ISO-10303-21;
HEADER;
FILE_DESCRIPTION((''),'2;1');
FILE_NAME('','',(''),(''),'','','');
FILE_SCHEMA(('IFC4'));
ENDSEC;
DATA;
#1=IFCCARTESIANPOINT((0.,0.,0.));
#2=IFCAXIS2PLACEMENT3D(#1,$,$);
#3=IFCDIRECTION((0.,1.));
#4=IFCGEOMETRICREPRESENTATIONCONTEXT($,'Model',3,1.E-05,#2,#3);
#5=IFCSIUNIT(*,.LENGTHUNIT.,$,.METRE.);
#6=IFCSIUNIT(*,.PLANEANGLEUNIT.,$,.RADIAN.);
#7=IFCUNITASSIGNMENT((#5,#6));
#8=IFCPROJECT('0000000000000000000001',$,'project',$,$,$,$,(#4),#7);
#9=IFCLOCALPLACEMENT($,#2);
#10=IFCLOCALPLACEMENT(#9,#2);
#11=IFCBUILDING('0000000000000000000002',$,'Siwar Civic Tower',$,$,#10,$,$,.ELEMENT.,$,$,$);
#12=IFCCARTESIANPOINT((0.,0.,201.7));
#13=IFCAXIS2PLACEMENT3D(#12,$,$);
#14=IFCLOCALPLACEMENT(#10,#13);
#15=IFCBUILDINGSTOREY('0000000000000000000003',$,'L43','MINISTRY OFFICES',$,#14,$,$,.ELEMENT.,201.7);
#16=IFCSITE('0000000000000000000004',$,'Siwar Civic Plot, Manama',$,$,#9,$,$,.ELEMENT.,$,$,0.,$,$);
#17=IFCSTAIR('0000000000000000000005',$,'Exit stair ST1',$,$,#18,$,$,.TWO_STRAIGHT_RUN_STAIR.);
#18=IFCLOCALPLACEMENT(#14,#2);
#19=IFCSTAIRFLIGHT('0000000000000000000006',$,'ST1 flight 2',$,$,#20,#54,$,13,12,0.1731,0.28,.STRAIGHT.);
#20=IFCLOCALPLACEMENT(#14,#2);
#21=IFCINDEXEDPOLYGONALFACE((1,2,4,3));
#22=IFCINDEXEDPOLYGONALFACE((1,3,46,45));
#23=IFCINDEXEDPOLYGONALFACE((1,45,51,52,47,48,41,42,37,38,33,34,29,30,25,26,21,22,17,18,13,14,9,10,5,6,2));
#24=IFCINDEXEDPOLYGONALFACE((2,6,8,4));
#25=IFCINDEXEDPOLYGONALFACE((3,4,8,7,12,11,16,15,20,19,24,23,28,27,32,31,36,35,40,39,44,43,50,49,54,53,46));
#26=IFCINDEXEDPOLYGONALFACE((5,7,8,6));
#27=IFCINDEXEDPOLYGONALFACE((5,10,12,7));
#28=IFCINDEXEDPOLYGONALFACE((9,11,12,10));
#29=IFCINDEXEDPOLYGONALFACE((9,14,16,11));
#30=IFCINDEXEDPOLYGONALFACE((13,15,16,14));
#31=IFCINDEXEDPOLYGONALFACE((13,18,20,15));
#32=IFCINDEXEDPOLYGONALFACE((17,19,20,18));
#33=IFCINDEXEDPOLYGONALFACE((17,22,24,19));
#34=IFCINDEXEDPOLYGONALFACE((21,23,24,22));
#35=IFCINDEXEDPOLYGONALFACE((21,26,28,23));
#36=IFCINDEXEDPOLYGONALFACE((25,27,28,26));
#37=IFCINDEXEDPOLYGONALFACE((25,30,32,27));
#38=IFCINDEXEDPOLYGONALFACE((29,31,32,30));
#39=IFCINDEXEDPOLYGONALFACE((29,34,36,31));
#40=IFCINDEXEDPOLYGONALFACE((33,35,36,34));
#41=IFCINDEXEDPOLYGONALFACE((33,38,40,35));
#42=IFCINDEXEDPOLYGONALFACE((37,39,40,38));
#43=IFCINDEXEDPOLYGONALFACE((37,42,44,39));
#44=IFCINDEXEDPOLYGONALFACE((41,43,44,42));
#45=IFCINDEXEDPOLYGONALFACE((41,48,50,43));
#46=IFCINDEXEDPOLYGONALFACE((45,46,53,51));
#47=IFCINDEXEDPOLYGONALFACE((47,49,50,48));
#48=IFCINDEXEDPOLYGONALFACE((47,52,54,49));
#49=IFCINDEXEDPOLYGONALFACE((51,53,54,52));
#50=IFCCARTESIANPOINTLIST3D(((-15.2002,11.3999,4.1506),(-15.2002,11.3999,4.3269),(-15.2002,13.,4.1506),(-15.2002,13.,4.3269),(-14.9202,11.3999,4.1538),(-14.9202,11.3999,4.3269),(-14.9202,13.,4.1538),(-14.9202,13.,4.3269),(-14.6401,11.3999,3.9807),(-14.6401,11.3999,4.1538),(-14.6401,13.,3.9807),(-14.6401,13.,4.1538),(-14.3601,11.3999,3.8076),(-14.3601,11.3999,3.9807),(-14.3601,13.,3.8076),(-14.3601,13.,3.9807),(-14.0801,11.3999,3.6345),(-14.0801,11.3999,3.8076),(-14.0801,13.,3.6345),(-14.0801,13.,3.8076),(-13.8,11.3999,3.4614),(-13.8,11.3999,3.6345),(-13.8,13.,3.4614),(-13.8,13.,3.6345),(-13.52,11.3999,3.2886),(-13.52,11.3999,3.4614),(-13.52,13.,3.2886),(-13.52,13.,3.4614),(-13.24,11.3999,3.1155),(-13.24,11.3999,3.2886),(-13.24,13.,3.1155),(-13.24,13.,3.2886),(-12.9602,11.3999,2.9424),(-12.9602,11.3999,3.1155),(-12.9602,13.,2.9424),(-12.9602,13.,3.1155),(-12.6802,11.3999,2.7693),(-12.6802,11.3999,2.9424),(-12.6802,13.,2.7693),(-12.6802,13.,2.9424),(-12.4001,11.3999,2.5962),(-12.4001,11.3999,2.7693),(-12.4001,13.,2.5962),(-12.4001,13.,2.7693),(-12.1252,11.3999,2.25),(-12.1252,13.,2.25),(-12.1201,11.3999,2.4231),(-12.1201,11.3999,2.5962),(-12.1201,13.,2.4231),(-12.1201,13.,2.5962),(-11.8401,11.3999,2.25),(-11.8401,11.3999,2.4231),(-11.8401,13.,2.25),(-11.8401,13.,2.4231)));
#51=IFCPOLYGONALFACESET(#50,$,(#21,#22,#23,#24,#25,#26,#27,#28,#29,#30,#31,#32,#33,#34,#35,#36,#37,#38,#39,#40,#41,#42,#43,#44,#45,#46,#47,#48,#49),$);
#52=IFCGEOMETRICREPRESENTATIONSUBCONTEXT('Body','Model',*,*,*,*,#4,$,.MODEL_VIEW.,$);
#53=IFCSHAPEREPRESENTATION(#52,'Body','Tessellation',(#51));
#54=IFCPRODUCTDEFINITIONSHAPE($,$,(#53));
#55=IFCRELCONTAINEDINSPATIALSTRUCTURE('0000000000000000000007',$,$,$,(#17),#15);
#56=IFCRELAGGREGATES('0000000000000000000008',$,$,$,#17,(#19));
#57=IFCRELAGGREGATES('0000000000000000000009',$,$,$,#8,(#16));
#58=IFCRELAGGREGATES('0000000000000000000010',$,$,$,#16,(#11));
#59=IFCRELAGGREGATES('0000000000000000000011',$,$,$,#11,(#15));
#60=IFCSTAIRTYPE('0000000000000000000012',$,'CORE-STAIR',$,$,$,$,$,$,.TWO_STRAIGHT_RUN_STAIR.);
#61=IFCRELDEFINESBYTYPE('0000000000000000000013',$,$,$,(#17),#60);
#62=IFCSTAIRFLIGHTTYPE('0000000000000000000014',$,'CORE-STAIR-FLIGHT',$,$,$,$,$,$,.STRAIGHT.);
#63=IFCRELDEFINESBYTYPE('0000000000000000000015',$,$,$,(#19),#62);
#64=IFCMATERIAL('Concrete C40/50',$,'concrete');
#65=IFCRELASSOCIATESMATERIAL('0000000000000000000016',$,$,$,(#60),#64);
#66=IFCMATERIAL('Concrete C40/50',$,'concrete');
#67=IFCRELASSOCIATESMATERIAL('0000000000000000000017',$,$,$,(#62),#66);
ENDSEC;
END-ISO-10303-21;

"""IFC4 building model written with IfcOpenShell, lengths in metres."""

from ifc_helpers import new_model, si_unit, direction, frame, origin, place, context, subcontext, project, spatial, polyline, outline, extrude, material, type_object, element, aggregate, save


model = new_model("IFC4")

# Units and contexts
model_context = context("Model", 3, precision=1e-05, world=origin(), true_north=direction((0.0, 1.0)))
body_context = subcontext(model_context, "Body", "Model", "MODEL_VIEW")
ifc_project = project(units=[si_unit("LENGTHUNIT", "METRE"), si_unit("PLANEANGLEUNIT", "RADIAN")], contexts=[model_context])

# Site, building, storey
site_placement = place(None, origin())
site = spatial("IfcSite", under=ifc_project, at=site_placement, Name="Siwar Civic Plot, Manama", CompositionType="ELEMENT", RefElevation=0.0)
building_placement = place(site_placement, origin())
building = spatial("IfcBuilding", under=site, at=building_placement, Name="Siwar Civic Tower", CompositionType="ELEMENT")
storey_placement = place(building_placement, frame((0.0, 0.0, 201.7)))
storey = spatial("IfcBuildingStorey", under=building, at=storey_placement, Name="L43", Description="MINISTRY OFFICES", CompositionType="ELEMENT", Elevation=201.7)

# Stair, stair flight
ifc_material_1 = material(Name="Concrete C40/50", Category="concrete")
stair_type = type_object("IfcStairType", Name="CORE-STAIR", PredefinedType="TWO_STRAIGHT_RUN_STAIR", material=ifc_material_1)
stair_placement = place(storey_placement, origin())
stair = element("IfcStair", 1, at=stair_placement, inside=storey, type_object=stair_type, Name="Exit stair ST1", PredefinedType="TWO_STRAIGHT_RUN_STAIR")
ifc_material_2 = material(Name="Concrete C40/50", Category="concrete")
stair_flight_type = type_object("IfcStairFlightType", Name="CORE-STAIR-FLIGHT", PredefinedType="STRAIGHT", material=ifc_material_2)
stair_flight_1_placement = place(storey_placement, frame((-11.8401, 12.2, 2.25), z_axis=(0.0, 0.0, 1.0), x_axis=(-1.0, 0.0, 0.0)))
stair_flight_1 = element("IfcStairFlight", 2, at=stair_flight_1_placement, type_object=stair_flight_type, Name="ST1 flight 2", NumberOfRisers=13, NumberOfTreads=12, PredefinedType="STRAIGHT", RiserHeight=0.1731, TreadLength=0.28, context=body_context, shape_type="SweptSolid", body=[
    extrude(outline(polyline([(0.0, 0.0), (0.0, 0.1731), (0.28, 0.1731), (0.28, 0.3462), (0.5601, 0.3462), (0.5601, 0.5193), (0.8401, 0.5193), (0.8401, 0.6924), (1.1201, 0.6924), (1.1201, 0.8655), (1.3999, 0.8655), (1.3999, 1.0386), (1.6799, 1.0386), (1.6799, 1.2114), (1.96, 1.2114), (1.96, 1.3845), (2.24, 1.3845), (2.24, 1.5576), (2.52, 1.5576), (2.52, 1.7307), (2.8, 1.7307), (2.8, 1.9038), (3.0801, 1.9038), (3.0801, 2.0769), (3.3601, 2.0769), (3.3601, 2.25), (3.3601, 1.9006), (0.2852, 0.0), (0.0, 0.0)])), frame((0.0, 0.8, 0.0), z_axis=(0.0, -1.0, 0.0), x_axis=(1.0, 0.0, 0.0)), (0.0, 0.0, 1.0), 1.6001),
])
aggregate(stair, [stair_flight_1])

save(model, "model.ifc")
